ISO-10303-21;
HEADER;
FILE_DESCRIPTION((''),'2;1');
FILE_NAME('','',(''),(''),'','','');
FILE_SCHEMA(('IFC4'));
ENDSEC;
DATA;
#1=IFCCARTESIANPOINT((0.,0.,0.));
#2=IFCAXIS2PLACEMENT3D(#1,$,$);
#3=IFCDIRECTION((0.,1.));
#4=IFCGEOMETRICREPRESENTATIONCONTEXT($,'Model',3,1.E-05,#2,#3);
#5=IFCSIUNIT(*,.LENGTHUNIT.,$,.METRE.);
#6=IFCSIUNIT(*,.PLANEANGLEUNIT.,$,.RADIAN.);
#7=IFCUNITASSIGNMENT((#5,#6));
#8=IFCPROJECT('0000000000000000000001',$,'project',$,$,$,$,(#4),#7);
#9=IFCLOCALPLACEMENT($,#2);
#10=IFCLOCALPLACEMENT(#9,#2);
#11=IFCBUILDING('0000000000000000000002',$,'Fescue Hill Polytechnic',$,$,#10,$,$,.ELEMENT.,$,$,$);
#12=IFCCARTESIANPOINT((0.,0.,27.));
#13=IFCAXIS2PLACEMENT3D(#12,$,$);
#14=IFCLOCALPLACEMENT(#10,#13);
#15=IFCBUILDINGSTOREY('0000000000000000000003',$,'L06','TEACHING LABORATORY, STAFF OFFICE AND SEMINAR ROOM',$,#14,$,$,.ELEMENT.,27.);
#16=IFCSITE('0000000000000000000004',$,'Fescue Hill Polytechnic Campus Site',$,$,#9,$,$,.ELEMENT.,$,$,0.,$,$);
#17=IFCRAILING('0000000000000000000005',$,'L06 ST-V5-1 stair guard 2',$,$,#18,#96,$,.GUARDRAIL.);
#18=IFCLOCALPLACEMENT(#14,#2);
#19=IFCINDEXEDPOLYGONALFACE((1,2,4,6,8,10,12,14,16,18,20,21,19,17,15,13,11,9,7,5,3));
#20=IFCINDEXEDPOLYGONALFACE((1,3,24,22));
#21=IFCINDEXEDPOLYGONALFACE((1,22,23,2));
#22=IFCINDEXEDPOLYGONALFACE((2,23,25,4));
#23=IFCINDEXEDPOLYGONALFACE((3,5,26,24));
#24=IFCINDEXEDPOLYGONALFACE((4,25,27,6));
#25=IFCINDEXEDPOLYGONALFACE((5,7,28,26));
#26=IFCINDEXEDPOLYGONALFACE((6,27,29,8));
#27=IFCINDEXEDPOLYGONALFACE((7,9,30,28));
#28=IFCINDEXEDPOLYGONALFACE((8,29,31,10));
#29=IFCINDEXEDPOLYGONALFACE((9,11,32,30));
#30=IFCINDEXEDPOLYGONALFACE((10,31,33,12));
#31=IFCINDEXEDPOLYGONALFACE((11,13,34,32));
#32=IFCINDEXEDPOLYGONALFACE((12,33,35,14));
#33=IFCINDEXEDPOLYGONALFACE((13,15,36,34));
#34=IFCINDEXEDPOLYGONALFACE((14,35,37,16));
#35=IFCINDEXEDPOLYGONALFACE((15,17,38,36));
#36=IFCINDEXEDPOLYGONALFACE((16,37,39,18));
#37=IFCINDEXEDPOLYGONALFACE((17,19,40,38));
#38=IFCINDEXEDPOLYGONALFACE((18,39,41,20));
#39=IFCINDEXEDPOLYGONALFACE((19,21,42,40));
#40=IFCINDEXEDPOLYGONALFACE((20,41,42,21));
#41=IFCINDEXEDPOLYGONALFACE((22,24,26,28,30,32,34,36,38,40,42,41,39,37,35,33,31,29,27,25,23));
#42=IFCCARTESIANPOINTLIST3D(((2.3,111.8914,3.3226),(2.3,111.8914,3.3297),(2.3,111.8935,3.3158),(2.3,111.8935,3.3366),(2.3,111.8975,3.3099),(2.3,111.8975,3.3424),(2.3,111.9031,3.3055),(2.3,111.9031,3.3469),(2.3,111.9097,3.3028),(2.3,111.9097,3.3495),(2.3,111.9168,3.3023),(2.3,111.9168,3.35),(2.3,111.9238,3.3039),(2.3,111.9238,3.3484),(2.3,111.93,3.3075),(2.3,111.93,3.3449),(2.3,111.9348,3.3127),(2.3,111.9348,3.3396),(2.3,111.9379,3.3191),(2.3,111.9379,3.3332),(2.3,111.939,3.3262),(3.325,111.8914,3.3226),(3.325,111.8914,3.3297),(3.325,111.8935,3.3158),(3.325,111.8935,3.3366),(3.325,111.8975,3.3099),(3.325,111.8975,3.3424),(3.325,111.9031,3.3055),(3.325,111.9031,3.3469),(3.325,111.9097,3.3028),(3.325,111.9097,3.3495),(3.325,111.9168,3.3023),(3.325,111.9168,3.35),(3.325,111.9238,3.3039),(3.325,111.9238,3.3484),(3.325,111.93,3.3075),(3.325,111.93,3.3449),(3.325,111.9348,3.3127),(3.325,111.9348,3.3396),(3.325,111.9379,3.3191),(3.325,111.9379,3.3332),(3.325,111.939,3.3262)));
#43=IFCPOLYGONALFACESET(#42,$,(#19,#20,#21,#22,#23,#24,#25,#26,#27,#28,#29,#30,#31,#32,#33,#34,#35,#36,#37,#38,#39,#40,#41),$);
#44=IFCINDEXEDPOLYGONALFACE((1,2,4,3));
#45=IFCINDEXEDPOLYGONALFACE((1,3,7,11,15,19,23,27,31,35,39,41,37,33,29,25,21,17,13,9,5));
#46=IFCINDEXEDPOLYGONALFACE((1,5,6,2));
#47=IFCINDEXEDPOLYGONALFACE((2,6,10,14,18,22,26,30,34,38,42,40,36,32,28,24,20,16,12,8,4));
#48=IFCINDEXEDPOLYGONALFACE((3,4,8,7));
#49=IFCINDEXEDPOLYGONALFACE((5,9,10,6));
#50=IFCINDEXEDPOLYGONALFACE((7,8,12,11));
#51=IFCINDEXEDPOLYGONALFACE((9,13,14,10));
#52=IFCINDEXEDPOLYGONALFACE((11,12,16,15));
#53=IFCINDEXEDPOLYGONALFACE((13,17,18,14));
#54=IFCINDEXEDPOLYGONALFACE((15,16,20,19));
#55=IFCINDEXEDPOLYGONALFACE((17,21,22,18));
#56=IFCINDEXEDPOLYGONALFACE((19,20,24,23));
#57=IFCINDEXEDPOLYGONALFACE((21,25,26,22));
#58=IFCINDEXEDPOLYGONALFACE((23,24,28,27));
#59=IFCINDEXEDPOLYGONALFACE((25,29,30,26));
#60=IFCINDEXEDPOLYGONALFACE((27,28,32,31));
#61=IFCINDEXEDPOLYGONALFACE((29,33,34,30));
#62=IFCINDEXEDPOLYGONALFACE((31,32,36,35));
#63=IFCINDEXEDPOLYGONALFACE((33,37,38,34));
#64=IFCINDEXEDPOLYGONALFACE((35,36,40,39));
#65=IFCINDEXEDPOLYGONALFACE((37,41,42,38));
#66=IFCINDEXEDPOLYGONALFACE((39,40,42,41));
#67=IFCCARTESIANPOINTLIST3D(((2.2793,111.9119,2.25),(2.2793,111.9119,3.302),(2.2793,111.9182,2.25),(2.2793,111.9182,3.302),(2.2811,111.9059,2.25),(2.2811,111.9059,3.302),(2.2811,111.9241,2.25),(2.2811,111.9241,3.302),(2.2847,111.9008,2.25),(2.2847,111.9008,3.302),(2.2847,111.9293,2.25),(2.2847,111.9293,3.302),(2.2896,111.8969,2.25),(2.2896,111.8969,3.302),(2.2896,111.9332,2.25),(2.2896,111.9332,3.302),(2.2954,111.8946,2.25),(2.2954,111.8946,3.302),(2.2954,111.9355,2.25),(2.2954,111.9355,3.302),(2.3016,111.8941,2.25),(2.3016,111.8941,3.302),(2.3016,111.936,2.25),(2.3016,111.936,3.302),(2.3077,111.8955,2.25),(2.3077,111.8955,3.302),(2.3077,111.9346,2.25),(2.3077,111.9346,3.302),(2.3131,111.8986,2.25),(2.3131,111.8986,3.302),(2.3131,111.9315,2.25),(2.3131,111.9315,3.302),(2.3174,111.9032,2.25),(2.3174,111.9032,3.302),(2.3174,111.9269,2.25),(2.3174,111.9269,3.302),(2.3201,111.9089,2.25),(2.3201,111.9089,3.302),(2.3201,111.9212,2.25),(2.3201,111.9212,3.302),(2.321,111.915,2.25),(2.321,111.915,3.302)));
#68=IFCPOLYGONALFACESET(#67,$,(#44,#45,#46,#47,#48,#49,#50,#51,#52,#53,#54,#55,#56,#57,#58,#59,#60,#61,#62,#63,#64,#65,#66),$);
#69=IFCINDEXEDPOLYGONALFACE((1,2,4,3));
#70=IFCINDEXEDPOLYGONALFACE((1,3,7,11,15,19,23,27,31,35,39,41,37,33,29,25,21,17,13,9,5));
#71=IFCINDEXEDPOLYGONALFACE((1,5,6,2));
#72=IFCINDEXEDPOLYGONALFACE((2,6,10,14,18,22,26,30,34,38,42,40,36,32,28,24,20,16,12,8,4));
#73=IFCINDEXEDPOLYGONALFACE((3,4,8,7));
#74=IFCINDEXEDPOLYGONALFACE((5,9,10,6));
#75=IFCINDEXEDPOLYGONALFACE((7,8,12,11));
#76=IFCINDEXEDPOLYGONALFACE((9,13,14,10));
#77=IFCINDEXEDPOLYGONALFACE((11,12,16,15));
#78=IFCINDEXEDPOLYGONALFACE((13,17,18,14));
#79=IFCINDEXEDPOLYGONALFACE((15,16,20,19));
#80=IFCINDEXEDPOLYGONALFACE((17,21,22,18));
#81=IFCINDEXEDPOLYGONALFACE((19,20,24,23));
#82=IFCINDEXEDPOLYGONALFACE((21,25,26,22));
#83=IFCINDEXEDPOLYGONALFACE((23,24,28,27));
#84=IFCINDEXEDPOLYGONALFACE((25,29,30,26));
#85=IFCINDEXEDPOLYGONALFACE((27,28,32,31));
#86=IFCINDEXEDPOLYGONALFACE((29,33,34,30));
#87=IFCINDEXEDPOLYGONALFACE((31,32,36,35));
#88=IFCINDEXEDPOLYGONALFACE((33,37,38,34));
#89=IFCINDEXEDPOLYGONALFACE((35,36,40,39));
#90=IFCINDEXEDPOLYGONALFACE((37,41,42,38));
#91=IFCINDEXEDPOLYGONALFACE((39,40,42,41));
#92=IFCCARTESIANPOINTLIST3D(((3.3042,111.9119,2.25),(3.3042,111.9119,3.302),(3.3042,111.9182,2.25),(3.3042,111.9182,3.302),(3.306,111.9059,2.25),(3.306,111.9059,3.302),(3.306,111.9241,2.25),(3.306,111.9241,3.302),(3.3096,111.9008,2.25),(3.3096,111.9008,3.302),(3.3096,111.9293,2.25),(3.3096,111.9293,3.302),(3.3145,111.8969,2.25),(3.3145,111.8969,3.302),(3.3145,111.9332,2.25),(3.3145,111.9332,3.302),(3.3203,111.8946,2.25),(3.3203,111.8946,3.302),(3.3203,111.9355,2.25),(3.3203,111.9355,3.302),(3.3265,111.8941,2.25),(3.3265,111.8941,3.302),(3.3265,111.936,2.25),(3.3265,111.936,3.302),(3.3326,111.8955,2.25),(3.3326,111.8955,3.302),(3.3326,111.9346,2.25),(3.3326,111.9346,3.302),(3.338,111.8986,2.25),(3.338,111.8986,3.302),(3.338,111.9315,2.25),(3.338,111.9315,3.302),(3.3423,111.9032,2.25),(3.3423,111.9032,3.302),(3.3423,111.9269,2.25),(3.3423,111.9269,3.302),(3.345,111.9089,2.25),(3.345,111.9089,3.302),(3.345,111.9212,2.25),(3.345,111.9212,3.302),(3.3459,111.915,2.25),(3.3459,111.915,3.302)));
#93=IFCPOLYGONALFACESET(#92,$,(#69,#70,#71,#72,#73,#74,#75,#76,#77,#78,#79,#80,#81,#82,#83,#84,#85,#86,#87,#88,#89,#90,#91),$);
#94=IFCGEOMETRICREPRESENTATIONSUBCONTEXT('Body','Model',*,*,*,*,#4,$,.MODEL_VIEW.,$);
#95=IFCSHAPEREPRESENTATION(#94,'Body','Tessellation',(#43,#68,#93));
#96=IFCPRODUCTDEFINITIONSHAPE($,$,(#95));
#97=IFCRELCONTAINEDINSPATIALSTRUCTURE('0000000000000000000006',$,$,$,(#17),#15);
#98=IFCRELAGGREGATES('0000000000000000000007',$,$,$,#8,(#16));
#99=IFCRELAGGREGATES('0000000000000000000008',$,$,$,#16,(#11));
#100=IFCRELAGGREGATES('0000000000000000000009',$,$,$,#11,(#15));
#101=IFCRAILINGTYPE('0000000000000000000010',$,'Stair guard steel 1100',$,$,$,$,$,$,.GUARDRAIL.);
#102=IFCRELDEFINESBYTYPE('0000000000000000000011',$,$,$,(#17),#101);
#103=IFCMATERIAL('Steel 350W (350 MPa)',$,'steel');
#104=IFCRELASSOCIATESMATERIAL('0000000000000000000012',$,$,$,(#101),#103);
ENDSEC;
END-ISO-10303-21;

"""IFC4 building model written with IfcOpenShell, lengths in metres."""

from ifc_helpers import new_model, si_unit, direction, frame, origin, origin_2d, place, context, subcontext, project, spatial, circle, extrude, material, type_object, element, save


model = new_model("IFC4")

# Units and contexts
model_context = context("Model", 3, precision=1e-05, world=origin(), true_north=direction((0.0, 1.0)))
body_context = subcontext(model_context, "Body", "Model", "MODEL_VIEW")
ifc_project = project(units=[si_unit("LENGTHUNIT", "METRE"), si_unit("PLANEANGLEUNIT", "RADIAN")], contexts=[model_context])

# Site, building, storey
site_placement = place(None, origin())
site = spatial("IfcSite", under=ifc_project, at=site_placement, Name="Fescue Hill Polytechnic Campus Site", CompositionType="ELEMENT", RefElevation=0.0)
building_placement = place(site_placement, origin())
building = spatial("IfcBuilding", under=site, at=building_placement, Name="Fescue Hill Polytechnic", CompositionType="ELEMENT")
storey_placement = place(building_placement, frame((0.0, 0.0, 27.0)))
storey = spatial("IfcBuildingStorey", under=building, at=storey_placement, Name="L06", Description="TEACHING LABORATORY, STAFF OFFICE AND SEMINAR ROOM", CompositionType="ELEMENT", Elevation=27.0)

# Railing
ifc_material_1 = material(Name="Steel 350W (350 MPa)", Category="steel")
railing_type_1 = type_object("IfcRailingType", Name="Stair guard steel 1100", PredefinedType="GUARDRAIL", material=ifc_material_1)
railing_1_placement = place(storey_placement, frame((2.3, 111.915, 2.25)))
element("IfcRailing", 1, at=railing_1_placement, inside=storey, type_object=railing_type_1, Name="L06 ST-V5-1 stair guard 2", PredefinedType="GUARDRAIL", context=body_context, shape_type="SweptSolid", body=[
    extrude(circle(Radius=0.0239, at=origin_2d()), frame((0.0, 0.0, 1.0762), z_axis=(1.0, 0.0, 0.0), x_axis=(0.0, 1.0, 0.0)), (0.0, 0.0, 1.0), 1.0249),
    extrude(circle(Radius=0.021, at=origin_2d()), origin(), (0.0, 0.0, 1.0), 1.052),
    extrude(circle(Radius=0.021, at=origin_2d()), frame((1.0249, 0.0, 0.0)), (0.0, 0.0, 1.0), 1.052),
])

save(model, "model.ifc")
